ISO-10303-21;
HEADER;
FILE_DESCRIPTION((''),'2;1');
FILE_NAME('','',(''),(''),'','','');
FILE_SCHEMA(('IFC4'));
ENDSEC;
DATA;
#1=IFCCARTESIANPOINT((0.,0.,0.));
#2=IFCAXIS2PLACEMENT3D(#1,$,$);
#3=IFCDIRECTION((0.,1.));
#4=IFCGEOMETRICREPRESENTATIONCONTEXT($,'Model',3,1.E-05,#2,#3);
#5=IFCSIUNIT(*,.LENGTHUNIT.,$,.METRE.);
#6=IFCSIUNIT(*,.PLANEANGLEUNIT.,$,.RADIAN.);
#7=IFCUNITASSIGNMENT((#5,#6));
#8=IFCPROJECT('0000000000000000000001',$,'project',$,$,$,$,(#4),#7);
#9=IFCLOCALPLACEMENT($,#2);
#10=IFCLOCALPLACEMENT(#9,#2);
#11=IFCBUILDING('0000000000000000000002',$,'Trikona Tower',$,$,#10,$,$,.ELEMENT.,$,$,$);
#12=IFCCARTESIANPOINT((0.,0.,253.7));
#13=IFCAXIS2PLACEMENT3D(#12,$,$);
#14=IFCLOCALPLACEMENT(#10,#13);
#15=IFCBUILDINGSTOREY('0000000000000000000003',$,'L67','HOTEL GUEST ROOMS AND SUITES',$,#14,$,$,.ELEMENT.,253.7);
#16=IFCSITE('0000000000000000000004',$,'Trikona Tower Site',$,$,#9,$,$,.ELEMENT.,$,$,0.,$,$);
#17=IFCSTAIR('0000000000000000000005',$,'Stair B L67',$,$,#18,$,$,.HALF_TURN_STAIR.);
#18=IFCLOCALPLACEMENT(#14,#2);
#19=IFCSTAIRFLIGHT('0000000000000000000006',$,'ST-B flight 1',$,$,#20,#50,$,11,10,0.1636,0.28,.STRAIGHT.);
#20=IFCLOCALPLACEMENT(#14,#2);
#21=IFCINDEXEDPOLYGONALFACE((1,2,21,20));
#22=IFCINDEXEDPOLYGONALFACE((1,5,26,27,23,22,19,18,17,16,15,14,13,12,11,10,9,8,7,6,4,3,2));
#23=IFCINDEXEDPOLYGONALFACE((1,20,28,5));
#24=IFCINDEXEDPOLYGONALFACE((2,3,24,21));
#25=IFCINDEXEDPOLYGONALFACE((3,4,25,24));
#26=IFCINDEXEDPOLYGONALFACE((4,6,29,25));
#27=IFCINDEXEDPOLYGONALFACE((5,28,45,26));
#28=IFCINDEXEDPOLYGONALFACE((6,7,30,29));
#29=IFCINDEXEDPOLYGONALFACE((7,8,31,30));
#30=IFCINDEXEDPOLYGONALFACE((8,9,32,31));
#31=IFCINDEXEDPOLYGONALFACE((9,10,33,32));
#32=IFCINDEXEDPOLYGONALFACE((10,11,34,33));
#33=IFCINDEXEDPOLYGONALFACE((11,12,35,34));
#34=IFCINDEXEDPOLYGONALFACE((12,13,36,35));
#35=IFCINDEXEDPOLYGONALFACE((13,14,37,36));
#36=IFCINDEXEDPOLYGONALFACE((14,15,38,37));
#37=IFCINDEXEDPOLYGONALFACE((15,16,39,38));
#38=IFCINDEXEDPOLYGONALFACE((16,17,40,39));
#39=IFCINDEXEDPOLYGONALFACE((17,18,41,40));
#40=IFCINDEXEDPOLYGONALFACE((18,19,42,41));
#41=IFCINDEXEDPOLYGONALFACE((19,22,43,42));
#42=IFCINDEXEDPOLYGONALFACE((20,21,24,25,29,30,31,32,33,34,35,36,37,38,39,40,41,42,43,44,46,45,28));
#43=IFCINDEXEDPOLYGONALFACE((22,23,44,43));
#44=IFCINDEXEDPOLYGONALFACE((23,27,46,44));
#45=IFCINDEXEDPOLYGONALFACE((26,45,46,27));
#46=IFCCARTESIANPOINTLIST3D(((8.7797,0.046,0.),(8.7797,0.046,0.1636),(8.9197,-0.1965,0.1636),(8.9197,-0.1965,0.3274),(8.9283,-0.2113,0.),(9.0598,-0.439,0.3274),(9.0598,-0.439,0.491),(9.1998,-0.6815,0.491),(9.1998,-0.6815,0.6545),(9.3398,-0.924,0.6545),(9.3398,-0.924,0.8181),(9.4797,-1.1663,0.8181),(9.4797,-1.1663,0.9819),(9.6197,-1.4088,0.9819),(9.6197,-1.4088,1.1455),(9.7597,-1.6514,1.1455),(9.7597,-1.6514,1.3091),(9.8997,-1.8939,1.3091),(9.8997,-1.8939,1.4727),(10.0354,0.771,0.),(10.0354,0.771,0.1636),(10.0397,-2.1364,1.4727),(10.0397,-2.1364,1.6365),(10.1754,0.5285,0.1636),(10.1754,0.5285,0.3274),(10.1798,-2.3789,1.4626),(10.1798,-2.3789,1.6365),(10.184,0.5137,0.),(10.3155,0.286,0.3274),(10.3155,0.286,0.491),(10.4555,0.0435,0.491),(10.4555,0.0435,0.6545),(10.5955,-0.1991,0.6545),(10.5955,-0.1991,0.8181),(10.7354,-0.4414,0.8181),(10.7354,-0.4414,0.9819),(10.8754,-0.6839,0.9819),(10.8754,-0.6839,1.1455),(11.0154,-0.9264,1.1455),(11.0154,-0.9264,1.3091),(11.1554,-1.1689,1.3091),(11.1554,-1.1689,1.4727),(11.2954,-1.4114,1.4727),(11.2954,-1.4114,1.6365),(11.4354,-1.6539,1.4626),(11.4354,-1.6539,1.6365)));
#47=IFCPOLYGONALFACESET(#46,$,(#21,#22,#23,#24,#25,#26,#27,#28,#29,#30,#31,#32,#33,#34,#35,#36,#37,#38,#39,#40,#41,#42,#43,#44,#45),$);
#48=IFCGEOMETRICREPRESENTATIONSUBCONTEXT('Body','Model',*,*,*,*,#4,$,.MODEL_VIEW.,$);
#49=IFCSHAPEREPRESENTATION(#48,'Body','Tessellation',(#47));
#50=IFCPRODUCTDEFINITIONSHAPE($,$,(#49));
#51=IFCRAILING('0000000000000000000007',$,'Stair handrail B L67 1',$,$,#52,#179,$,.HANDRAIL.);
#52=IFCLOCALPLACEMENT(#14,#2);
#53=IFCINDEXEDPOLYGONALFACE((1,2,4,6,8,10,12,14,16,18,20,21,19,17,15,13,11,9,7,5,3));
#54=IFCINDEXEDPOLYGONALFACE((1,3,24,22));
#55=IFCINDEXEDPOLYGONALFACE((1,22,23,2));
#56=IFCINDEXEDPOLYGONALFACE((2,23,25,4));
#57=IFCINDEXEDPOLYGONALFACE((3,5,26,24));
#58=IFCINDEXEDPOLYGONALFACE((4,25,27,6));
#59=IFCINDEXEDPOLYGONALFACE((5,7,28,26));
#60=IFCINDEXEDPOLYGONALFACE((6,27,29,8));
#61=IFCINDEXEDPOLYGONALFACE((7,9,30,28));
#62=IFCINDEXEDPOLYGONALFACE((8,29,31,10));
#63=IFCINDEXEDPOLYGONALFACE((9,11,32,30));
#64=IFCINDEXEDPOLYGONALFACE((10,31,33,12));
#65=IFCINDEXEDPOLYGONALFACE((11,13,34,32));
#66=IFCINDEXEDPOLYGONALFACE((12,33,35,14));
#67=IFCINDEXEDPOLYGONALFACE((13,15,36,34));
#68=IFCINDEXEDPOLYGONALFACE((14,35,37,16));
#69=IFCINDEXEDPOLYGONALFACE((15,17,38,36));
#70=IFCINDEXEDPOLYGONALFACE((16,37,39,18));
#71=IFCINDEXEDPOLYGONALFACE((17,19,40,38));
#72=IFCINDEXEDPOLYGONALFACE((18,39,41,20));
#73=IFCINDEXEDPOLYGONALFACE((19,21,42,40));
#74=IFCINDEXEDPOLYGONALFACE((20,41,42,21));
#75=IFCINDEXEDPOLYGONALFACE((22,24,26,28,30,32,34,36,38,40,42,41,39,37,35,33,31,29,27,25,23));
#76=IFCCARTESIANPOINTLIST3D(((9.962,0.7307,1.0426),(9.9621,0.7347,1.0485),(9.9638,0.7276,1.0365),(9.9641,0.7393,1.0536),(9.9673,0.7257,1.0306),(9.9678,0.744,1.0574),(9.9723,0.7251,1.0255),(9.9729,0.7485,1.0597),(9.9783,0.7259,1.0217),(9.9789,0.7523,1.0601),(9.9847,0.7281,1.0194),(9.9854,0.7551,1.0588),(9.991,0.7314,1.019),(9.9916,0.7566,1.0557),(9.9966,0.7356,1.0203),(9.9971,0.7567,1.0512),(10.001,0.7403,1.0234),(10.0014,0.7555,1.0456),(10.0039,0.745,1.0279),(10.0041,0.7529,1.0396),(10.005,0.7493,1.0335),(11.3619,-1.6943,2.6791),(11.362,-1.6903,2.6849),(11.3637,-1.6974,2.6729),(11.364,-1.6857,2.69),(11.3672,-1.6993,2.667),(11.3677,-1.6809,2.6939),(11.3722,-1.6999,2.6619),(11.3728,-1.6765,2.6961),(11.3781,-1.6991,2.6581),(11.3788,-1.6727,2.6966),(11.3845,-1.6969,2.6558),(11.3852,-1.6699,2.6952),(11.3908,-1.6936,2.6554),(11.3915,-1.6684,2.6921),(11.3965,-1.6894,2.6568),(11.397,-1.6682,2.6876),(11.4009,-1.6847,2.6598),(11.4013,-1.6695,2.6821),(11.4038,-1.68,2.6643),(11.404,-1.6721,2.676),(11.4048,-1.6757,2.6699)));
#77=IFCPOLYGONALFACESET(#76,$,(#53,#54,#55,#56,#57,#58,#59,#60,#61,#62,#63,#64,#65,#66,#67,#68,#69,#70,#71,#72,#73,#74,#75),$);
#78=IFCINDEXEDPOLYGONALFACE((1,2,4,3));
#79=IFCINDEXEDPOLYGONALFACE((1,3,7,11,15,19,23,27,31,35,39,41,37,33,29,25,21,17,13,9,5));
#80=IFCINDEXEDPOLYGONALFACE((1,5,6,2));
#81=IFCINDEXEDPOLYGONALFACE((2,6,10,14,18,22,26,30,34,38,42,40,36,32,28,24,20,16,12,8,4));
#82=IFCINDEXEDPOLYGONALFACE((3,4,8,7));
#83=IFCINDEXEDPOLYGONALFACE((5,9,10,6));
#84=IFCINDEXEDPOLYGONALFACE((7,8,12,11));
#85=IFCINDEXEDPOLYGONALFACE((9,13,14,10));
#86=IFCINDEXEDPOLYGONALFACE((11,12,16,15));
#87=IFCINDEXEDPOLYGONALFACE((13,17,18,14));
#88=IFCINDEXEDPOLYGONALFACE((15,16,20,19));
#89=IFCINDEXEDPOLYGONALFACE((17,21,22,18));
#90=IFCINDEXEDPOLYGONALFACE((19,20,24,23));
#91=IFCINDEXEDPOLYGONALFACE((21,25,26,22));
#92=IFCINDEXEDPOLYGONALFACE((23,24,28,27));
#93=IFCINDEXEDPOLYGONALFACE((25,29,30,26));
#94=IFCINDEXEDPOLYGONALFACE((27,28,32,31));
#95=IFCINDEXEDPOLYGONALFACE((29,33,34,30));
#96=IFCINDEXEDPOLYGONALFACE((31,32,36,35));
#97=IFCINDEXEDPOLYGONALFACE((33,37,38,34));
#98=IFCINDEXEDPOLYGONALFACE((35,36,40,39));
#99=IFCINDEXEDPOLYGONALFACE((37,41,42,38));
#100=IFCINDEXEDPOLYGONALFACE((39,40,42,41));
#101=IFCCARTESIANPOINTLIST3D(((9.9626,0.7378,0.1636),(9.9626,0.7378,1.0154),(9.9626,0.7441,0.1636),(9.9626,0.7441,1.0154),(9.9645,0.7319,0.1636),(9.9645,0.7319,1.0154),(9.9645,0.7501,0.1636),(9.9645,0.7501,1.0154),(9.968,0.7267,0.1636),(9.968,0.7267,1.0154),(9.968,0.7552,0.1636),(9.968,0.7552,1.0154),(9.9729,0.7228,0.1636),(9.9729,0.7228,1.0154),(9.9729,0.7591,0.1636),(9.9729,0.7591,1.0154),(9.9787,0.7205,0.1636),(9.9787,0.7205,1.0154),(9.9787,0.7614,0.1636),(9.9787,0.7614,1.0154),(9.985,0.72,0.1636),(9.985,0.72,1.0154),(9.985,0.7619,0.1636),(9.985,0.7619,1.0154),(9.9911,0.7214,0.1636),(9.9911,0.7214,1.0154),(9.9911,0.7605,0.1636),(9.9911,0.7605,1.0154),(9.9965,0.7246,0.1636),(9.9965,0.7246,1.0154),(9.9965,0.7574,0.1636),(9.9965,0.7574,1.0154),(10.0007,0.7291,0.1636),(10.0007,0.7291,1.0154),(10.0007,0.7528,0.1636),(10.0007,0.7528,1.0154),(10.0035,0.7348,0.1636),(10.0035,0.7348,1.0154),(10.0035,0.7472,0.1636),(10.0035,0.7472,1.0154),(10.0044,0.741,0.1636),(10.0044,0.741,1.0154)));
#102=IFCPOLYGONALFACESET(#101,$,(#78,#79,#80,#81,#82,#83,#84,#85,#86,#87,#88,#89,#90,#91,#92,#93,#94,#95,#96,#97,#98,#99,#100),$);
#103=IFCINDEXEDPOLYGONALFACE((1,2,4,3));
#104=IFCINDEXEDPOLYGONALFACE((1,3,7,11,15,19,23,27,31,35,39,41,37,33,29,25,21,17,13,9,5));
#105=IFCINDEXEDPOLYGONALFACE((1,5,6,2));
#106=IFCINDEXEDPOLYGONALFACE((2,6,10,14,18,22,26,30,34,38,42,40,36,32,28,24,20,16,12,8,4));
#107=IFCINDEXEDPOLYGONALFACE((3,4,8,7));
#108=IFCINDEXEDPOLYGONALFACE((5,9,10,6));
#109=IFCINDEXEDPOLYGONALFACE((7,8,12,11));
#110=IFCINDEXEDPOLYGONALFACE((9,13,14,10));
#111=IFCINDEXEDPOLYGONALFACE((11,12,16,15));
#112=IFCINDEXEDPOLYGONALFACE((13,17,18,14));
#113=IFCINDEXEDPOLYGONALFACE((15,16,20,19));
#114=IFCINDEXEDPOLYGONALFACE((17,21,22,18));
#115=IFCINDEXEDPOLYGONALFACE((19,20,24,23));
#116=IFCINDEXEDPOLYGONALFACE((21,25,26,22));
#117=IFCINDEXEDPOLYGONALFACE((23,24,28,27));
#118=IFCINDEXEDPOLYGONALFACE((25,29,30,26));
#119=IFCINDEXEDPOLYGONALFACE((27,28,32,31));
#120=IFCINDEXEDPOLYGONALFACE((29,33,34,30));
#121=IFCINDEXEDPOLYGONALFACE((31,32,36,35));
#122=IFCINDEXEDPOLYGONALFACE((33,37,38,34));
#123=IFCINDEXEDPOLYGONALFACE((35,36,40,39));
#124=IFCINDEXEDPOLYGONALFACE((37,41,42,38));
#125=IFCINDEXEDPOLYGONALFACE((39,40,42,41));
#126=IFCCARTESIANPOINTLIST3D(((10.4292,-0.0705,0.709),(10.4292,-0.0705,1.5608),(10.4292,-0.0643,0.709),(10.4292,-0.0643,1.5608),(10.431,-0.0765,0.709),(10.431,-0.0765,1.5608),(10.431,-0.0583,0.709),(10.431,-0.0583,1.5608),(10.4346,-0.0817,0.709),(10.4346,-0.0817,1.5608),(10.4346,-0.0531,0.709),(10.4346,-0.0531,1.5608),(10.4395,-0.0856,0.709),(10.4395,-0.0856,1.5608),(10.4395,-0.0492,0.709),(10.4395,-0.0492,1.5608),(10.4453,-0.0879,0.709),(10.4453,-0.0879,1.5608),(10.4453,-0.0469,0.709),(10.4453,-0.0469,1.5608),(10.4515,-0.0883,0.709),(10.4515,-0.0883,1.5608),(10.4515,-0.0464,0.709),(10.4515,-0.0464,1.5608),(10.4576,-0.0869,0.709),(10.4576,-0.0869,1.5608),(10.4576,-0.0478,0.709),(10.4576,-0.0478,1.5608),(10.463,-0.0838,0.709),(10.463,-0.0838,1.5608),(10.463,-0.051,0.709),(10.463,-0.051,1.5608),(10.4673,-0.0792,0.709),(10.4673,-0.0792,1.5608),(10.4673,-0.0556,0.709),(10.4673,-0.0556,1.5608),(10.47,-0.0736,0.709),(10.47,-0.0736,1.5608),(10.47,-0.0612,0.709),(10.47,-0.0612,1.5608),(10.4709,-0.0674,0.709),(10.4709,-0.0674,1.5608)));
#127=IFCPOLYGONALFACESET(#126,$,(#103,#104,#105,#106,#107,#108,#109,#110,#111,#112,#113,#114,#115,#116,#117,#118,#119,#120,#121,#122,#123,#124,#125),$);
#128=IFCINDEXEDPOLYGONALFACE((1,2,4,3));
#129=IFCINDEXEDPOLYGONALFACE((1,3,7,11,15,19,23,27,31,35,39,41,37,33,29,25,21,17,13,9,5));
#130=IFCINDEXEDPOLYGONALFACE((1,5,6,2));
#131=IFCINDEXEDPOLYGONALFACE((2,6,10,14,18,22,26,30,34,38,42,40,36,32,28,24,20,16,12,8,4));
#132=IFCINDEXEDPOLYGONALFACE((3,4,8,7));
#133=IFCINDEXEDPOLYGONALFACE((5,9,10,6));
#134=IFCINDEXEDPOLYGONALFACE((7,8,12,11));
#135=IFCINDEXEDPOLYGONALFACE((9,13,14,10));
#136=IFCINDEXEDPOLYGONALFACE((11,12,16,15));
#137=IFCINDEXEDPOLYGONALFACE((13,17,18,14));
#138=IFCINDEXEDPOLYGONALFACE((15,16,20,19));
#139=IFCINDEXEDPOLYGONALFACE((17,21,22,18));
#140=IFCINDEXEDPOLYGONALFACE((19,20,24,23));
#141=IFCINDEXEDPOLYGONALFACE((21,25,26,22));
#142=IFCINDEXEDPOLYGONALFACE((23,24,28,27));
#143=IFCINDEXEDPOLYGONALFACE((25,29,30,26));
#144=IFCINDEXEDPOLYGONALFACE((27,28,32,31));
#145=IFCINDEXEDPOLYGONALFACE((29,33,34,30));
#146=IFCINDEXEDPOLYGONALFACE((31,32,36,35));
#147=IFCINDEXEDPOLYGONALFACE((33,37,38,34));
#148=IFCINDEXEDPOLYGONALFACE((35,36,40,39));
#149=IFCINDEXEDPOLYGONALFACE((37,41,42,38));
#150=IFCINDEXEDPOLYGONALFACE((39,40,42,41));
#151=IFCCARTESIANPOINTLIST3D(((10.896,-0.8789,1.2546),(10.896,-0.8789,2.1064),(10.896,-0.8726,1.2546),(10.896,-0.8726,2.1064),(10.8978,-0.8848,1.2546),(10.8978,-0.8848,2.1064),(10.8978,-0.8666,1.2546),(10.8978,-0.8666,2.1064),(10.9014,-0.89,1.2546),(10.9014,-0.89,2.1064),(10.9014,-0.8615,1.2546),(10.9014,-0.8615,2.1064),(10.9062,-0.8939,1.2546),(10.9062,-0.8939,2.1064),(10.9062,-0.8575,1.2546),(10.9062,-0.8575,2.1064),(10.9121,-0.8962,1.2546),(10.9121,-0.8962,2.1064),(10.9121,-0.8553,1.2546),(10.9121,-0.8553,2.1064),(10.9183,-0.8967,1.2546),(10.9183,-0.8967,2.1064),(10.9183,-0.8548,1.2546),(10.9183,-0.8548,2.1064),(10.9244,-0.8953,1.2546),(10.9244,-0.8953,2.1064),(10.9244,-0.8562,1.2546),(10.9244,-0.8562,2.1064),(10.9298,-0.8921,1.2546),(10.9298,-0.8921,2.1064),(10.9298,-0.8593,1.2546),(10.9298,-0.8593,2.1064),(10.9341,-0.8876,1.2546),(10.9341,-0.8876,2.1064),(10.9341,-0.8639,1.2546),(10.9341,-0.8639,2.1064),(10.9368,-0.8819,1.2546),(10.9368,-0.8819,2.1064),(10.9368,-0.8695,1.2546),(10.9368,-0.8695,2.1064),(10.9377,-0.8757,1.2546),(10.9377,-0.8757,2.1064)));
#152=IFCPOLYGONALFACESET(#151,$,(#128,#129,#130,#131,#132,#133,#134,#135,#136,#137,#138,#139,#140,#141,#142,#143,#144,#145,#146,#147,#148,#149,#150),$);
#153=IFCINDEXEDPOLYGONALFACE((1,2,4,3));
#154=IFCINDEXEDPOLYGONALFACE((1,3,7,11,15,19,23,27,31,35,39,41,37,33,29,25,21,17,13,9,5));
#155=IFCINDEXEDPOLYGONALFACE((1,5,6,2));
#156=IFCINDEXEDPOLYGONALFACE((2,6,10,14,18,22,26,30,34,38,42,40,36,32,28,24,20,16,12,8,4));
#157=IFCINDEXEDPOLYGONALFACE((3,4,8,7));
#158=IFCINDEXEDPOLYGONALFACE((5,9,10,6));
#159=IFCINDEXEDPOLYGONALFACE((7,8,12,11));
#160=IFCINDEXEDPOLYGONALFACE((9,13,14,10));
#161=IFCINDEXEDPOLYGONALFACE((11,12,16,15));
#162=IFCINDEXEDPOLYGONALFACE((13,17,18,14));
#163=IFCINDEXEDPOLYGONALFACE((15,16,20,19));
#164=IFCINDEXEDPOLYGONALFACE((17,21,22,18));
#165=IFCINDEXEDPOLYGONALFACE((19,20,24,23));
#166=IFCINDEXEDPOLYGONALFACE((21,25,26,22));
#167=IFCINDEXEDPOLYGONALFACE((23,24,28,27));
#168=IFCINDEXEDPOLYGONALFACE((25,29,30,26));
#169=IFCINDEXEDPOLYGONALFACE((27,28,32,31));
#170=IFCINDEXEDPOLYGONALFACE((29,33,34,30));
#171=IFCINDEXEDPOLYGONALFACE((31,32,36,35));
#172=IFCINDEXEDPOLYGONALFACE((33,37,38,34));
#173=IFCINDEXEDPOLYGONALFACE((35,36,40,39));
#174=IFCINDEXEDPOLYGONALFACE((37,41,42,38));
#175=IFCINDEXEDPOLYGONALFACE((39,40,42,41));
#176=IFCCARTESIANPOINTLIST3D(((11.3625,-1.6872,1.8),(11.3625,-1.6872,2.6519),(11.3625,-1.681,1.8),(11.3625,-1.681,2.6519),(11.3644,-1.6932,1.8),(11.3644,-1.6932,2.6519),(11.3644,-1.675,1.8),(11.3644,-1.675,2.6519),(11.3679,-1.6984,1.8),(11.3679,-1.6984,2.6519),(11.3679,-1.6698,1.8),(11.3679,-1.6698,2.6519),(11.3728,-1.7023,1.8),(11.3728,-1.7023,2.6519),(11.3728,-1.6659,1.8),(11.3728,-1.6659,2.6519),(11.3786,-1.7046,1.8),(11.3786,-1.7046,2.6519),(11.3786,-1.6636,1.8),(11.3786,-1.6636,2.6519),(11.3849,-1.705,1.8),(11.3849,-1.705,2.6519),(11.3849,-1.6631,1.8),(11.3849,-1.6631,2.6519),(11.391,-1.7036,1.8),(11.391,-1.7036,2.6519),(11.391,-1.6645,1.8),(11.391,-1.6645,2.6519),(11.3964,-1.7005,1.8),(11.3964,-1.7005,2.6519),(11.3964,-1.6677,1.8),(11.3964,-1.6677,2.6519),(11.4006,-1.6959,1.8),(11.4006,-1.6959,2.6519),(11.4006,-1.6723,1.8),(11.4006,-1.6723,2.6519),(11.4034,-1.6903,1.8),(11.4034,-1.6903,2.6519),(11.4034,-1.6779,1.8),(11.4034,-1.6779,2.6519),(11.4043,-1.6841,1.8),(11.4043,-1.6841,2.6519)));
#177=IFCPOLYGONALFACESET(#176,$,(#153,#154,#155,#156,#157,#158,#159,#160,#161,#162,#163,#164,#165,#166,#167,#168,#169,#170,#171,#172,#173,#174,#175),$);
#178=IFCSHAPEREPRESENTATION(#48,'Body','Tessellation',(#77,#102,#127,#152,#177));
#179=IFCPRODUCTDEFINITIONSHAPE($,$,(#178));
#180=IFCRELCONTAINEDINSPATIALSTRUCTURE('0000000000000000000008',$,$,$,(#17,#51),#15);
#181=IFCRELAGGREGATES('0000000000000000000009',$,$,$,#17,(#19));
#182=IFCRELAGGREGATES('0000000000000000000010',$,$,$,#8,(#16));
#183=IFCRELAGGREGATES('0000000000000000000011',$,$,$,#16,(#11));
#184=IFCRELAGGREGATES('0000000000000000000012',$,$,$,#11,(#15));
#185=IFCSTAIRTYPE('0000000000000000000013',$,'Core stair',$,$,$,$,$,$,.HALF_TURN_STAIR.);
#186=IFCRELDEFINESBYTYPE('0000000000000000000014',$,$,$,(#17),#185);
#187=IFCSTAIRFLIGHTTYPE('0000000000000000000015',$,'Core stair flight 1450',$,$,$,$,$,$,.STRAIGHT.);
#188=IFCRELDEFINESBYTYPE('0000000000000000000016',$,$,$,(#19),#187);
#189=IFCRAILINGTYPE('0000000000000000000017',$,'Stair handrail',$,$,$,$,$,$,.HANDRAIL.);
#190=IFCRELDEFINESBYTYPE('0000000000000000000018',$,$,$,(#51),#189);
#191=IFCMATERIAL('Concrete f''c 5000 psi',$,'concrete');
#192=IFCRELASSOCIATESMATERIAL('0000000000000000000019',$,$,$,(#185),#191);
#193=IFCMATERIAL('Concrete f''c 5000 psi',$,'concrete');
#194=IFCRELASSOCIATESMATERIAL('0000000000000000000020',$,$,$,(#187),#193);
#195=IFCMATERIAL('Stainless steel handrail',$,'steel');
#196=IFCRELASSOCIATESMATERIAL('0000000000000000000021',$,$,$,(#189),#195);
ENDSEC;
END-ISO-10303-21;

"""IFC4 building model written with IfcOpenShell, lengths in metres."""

from ifc_helpers import new_model, si_unit, direction, frame, origin, origin_2d, place, context, subcontext, project, spatial, polyline, circle, outline, extrude, material, type_object, element, aggregate, save


model = new_model("IFC4")

# Units and contexts
model_context = context("Model", 3, precision=1e-05, world=origin(), true_north=direction((0.0, 1.0)))
body_context = subcontext(model_context, "Body", "Model", "MODEL_VIEW")
ifc_project = project(units=[si_unit("LENGTHUNIT", "METRE"), si_unit("PLANEANGLEUNIT", "RADIAN")], contexts=[model_context])

# Site, building, storey
site_placement = place(None, origin())
site = spatial("IfcSite", under=ifc_project, at=site_placement, Name="Trikona Tower Site", CompositionType="ELEMENT", RefElevation=0.0)
building_placement = place(site_placement, origin())
building = spatial("IfcBuilding", under=site, at=building_placement, Name="Trikona Tower", CompositionType="ELEMENT")
storey_placement = place(building_placement, frame((0.0, 0.0, 253.7)))
storey = spatial("IfcBuildingStorey", under=building, at=storey_placement, Name="L67", Description="HOTEL GUEST ROOMS AND SUITES", CompositionType="ELEMENT", Elevation=253.7)

# Shared definitions
ifc_material_1 = material(Name="Concrete f'c 5000 psi", Category="concrete")
stair_type = type_object("IfcStairType", Name="Core stair", PredefinedType="HALF_TURN_STAIR", material=ifc_material_1)

# Stair, stair flight
stair_1_placement = place(storey_placement, origin())
stair_1 = element("IfcStair", 1, at=stair_1_placement, inside=storey, type_object=stair_type, Name="Stair B L67", PredefinedType="HALF_TURN_STAIR")
ifc_material_2 = material(Name="Concrete f'c 5000 psi", Category="concrete")
stair_flight_type = type_object("IfcStairFlightType", Name="Core stair flight 1450", PredefinedType="STRAIGHT", material=ifc_material_2)
stair_flight_placement = place(storey_placement, frame((9.4075, 0.4084, 0.0), z_axis=(0.0, 0.0, 1.0), x_axis=(0.5, -0.866025, 0.0)))
stair_flight = element("IfcStairFlight", 2, at=stair_flight_placement, type_object=stair_flight_type, Name="ST-B flight 1", NumberOfRisers=11, NumberOfTreads=10, PredefinedType="STRAIGHT", RiserHeight=0.1636, TreadLength=0.28, context=body_context, shape_type="SweptSolid", body=[
    extrude(outline(polyline([(0.0, 0.0), (0.0, 0.1636), (0.28, 0.1636), (0.28, 0.3274), (0.5601, 0.3274), (0.5601, 0.491), (0.8401, 0.491), (0.8401, 0.6545), (1.1201, 0.6545), (1.1201, 0.8181), (1.3999, 0.8181), (1.3999, 0.9819), (1.6799, 0.9819), (1.6799, 1.1455), (1.96, 1.1455), (1.96, 1.3091), (2.24, 1.3091), (2.24, 1.4727), (2.52, 1.4727), (2.52, 1.6365), (2.8, 1.6365), (2.8, 1.8), (2.8, 1.4626), (0.2971, 0.0), (0.0, 0.0)])), frame((0.0, 0.7251, 0.0), z_axis=(0.0, -1.0, 0.0), x_axis=(1.0, 0.0, 0.0)), (0.0, 0.0, 1.0), 1.45),
])
aggregate(stair_1, [stair_flight])

# Railing
ifc_material_3 = material(Name="Stainless steel handrail", Category="steel")
railing_type = type_object("IfcRailingType", Name="Stair handrail", PredefinedType="HANDRAIL", material=ifc_material_3)
railing_placement = place(storey_placement, frame((9.9834, 0.741, 0.1636)))
element("IfcRailing", 3, at=railing_placement, inside=storey, type_object=railing_type, Name="Stair handrail B L67 1", PredefinedType="HANDRAIL", context=body_context, shape_type="SweptSolid", body=[
    extrude(circle(Radius=0.0239, at=origin_2d()), frame((0.0, 0.0, 0.876), z_axis=(0.431636, -0.747723, 0.504579), x_axis=(0.866056, 0.499946, 0.0)), (0.0, 0.0, 1.0), 3.2432),
    extrude(circle(Radius=0.021, at=origin_2d()), origin(), (0.0, 0.0, 1.0), 0.8518),
    extrude(circle(Radius=0.021, at=origin_2d()), frame((0.4666, -0.8083, 0.5454)), (0.0, 0.0, 1.0), 0.8518),
    extrude(circle(Radius=0.021, at=origin_2d()), frame((0.9333, -1.6167, 1.0911)), (0.0, 0.0, 1.0), 0.8518),
    extrude(circle(Radius=0.021, at=origin_2d()), frame((1.3999, -2.425, 1.6365)), (0.0, 0.0, 1.0), 0.8518),
])

save(model, "model.ifc")
